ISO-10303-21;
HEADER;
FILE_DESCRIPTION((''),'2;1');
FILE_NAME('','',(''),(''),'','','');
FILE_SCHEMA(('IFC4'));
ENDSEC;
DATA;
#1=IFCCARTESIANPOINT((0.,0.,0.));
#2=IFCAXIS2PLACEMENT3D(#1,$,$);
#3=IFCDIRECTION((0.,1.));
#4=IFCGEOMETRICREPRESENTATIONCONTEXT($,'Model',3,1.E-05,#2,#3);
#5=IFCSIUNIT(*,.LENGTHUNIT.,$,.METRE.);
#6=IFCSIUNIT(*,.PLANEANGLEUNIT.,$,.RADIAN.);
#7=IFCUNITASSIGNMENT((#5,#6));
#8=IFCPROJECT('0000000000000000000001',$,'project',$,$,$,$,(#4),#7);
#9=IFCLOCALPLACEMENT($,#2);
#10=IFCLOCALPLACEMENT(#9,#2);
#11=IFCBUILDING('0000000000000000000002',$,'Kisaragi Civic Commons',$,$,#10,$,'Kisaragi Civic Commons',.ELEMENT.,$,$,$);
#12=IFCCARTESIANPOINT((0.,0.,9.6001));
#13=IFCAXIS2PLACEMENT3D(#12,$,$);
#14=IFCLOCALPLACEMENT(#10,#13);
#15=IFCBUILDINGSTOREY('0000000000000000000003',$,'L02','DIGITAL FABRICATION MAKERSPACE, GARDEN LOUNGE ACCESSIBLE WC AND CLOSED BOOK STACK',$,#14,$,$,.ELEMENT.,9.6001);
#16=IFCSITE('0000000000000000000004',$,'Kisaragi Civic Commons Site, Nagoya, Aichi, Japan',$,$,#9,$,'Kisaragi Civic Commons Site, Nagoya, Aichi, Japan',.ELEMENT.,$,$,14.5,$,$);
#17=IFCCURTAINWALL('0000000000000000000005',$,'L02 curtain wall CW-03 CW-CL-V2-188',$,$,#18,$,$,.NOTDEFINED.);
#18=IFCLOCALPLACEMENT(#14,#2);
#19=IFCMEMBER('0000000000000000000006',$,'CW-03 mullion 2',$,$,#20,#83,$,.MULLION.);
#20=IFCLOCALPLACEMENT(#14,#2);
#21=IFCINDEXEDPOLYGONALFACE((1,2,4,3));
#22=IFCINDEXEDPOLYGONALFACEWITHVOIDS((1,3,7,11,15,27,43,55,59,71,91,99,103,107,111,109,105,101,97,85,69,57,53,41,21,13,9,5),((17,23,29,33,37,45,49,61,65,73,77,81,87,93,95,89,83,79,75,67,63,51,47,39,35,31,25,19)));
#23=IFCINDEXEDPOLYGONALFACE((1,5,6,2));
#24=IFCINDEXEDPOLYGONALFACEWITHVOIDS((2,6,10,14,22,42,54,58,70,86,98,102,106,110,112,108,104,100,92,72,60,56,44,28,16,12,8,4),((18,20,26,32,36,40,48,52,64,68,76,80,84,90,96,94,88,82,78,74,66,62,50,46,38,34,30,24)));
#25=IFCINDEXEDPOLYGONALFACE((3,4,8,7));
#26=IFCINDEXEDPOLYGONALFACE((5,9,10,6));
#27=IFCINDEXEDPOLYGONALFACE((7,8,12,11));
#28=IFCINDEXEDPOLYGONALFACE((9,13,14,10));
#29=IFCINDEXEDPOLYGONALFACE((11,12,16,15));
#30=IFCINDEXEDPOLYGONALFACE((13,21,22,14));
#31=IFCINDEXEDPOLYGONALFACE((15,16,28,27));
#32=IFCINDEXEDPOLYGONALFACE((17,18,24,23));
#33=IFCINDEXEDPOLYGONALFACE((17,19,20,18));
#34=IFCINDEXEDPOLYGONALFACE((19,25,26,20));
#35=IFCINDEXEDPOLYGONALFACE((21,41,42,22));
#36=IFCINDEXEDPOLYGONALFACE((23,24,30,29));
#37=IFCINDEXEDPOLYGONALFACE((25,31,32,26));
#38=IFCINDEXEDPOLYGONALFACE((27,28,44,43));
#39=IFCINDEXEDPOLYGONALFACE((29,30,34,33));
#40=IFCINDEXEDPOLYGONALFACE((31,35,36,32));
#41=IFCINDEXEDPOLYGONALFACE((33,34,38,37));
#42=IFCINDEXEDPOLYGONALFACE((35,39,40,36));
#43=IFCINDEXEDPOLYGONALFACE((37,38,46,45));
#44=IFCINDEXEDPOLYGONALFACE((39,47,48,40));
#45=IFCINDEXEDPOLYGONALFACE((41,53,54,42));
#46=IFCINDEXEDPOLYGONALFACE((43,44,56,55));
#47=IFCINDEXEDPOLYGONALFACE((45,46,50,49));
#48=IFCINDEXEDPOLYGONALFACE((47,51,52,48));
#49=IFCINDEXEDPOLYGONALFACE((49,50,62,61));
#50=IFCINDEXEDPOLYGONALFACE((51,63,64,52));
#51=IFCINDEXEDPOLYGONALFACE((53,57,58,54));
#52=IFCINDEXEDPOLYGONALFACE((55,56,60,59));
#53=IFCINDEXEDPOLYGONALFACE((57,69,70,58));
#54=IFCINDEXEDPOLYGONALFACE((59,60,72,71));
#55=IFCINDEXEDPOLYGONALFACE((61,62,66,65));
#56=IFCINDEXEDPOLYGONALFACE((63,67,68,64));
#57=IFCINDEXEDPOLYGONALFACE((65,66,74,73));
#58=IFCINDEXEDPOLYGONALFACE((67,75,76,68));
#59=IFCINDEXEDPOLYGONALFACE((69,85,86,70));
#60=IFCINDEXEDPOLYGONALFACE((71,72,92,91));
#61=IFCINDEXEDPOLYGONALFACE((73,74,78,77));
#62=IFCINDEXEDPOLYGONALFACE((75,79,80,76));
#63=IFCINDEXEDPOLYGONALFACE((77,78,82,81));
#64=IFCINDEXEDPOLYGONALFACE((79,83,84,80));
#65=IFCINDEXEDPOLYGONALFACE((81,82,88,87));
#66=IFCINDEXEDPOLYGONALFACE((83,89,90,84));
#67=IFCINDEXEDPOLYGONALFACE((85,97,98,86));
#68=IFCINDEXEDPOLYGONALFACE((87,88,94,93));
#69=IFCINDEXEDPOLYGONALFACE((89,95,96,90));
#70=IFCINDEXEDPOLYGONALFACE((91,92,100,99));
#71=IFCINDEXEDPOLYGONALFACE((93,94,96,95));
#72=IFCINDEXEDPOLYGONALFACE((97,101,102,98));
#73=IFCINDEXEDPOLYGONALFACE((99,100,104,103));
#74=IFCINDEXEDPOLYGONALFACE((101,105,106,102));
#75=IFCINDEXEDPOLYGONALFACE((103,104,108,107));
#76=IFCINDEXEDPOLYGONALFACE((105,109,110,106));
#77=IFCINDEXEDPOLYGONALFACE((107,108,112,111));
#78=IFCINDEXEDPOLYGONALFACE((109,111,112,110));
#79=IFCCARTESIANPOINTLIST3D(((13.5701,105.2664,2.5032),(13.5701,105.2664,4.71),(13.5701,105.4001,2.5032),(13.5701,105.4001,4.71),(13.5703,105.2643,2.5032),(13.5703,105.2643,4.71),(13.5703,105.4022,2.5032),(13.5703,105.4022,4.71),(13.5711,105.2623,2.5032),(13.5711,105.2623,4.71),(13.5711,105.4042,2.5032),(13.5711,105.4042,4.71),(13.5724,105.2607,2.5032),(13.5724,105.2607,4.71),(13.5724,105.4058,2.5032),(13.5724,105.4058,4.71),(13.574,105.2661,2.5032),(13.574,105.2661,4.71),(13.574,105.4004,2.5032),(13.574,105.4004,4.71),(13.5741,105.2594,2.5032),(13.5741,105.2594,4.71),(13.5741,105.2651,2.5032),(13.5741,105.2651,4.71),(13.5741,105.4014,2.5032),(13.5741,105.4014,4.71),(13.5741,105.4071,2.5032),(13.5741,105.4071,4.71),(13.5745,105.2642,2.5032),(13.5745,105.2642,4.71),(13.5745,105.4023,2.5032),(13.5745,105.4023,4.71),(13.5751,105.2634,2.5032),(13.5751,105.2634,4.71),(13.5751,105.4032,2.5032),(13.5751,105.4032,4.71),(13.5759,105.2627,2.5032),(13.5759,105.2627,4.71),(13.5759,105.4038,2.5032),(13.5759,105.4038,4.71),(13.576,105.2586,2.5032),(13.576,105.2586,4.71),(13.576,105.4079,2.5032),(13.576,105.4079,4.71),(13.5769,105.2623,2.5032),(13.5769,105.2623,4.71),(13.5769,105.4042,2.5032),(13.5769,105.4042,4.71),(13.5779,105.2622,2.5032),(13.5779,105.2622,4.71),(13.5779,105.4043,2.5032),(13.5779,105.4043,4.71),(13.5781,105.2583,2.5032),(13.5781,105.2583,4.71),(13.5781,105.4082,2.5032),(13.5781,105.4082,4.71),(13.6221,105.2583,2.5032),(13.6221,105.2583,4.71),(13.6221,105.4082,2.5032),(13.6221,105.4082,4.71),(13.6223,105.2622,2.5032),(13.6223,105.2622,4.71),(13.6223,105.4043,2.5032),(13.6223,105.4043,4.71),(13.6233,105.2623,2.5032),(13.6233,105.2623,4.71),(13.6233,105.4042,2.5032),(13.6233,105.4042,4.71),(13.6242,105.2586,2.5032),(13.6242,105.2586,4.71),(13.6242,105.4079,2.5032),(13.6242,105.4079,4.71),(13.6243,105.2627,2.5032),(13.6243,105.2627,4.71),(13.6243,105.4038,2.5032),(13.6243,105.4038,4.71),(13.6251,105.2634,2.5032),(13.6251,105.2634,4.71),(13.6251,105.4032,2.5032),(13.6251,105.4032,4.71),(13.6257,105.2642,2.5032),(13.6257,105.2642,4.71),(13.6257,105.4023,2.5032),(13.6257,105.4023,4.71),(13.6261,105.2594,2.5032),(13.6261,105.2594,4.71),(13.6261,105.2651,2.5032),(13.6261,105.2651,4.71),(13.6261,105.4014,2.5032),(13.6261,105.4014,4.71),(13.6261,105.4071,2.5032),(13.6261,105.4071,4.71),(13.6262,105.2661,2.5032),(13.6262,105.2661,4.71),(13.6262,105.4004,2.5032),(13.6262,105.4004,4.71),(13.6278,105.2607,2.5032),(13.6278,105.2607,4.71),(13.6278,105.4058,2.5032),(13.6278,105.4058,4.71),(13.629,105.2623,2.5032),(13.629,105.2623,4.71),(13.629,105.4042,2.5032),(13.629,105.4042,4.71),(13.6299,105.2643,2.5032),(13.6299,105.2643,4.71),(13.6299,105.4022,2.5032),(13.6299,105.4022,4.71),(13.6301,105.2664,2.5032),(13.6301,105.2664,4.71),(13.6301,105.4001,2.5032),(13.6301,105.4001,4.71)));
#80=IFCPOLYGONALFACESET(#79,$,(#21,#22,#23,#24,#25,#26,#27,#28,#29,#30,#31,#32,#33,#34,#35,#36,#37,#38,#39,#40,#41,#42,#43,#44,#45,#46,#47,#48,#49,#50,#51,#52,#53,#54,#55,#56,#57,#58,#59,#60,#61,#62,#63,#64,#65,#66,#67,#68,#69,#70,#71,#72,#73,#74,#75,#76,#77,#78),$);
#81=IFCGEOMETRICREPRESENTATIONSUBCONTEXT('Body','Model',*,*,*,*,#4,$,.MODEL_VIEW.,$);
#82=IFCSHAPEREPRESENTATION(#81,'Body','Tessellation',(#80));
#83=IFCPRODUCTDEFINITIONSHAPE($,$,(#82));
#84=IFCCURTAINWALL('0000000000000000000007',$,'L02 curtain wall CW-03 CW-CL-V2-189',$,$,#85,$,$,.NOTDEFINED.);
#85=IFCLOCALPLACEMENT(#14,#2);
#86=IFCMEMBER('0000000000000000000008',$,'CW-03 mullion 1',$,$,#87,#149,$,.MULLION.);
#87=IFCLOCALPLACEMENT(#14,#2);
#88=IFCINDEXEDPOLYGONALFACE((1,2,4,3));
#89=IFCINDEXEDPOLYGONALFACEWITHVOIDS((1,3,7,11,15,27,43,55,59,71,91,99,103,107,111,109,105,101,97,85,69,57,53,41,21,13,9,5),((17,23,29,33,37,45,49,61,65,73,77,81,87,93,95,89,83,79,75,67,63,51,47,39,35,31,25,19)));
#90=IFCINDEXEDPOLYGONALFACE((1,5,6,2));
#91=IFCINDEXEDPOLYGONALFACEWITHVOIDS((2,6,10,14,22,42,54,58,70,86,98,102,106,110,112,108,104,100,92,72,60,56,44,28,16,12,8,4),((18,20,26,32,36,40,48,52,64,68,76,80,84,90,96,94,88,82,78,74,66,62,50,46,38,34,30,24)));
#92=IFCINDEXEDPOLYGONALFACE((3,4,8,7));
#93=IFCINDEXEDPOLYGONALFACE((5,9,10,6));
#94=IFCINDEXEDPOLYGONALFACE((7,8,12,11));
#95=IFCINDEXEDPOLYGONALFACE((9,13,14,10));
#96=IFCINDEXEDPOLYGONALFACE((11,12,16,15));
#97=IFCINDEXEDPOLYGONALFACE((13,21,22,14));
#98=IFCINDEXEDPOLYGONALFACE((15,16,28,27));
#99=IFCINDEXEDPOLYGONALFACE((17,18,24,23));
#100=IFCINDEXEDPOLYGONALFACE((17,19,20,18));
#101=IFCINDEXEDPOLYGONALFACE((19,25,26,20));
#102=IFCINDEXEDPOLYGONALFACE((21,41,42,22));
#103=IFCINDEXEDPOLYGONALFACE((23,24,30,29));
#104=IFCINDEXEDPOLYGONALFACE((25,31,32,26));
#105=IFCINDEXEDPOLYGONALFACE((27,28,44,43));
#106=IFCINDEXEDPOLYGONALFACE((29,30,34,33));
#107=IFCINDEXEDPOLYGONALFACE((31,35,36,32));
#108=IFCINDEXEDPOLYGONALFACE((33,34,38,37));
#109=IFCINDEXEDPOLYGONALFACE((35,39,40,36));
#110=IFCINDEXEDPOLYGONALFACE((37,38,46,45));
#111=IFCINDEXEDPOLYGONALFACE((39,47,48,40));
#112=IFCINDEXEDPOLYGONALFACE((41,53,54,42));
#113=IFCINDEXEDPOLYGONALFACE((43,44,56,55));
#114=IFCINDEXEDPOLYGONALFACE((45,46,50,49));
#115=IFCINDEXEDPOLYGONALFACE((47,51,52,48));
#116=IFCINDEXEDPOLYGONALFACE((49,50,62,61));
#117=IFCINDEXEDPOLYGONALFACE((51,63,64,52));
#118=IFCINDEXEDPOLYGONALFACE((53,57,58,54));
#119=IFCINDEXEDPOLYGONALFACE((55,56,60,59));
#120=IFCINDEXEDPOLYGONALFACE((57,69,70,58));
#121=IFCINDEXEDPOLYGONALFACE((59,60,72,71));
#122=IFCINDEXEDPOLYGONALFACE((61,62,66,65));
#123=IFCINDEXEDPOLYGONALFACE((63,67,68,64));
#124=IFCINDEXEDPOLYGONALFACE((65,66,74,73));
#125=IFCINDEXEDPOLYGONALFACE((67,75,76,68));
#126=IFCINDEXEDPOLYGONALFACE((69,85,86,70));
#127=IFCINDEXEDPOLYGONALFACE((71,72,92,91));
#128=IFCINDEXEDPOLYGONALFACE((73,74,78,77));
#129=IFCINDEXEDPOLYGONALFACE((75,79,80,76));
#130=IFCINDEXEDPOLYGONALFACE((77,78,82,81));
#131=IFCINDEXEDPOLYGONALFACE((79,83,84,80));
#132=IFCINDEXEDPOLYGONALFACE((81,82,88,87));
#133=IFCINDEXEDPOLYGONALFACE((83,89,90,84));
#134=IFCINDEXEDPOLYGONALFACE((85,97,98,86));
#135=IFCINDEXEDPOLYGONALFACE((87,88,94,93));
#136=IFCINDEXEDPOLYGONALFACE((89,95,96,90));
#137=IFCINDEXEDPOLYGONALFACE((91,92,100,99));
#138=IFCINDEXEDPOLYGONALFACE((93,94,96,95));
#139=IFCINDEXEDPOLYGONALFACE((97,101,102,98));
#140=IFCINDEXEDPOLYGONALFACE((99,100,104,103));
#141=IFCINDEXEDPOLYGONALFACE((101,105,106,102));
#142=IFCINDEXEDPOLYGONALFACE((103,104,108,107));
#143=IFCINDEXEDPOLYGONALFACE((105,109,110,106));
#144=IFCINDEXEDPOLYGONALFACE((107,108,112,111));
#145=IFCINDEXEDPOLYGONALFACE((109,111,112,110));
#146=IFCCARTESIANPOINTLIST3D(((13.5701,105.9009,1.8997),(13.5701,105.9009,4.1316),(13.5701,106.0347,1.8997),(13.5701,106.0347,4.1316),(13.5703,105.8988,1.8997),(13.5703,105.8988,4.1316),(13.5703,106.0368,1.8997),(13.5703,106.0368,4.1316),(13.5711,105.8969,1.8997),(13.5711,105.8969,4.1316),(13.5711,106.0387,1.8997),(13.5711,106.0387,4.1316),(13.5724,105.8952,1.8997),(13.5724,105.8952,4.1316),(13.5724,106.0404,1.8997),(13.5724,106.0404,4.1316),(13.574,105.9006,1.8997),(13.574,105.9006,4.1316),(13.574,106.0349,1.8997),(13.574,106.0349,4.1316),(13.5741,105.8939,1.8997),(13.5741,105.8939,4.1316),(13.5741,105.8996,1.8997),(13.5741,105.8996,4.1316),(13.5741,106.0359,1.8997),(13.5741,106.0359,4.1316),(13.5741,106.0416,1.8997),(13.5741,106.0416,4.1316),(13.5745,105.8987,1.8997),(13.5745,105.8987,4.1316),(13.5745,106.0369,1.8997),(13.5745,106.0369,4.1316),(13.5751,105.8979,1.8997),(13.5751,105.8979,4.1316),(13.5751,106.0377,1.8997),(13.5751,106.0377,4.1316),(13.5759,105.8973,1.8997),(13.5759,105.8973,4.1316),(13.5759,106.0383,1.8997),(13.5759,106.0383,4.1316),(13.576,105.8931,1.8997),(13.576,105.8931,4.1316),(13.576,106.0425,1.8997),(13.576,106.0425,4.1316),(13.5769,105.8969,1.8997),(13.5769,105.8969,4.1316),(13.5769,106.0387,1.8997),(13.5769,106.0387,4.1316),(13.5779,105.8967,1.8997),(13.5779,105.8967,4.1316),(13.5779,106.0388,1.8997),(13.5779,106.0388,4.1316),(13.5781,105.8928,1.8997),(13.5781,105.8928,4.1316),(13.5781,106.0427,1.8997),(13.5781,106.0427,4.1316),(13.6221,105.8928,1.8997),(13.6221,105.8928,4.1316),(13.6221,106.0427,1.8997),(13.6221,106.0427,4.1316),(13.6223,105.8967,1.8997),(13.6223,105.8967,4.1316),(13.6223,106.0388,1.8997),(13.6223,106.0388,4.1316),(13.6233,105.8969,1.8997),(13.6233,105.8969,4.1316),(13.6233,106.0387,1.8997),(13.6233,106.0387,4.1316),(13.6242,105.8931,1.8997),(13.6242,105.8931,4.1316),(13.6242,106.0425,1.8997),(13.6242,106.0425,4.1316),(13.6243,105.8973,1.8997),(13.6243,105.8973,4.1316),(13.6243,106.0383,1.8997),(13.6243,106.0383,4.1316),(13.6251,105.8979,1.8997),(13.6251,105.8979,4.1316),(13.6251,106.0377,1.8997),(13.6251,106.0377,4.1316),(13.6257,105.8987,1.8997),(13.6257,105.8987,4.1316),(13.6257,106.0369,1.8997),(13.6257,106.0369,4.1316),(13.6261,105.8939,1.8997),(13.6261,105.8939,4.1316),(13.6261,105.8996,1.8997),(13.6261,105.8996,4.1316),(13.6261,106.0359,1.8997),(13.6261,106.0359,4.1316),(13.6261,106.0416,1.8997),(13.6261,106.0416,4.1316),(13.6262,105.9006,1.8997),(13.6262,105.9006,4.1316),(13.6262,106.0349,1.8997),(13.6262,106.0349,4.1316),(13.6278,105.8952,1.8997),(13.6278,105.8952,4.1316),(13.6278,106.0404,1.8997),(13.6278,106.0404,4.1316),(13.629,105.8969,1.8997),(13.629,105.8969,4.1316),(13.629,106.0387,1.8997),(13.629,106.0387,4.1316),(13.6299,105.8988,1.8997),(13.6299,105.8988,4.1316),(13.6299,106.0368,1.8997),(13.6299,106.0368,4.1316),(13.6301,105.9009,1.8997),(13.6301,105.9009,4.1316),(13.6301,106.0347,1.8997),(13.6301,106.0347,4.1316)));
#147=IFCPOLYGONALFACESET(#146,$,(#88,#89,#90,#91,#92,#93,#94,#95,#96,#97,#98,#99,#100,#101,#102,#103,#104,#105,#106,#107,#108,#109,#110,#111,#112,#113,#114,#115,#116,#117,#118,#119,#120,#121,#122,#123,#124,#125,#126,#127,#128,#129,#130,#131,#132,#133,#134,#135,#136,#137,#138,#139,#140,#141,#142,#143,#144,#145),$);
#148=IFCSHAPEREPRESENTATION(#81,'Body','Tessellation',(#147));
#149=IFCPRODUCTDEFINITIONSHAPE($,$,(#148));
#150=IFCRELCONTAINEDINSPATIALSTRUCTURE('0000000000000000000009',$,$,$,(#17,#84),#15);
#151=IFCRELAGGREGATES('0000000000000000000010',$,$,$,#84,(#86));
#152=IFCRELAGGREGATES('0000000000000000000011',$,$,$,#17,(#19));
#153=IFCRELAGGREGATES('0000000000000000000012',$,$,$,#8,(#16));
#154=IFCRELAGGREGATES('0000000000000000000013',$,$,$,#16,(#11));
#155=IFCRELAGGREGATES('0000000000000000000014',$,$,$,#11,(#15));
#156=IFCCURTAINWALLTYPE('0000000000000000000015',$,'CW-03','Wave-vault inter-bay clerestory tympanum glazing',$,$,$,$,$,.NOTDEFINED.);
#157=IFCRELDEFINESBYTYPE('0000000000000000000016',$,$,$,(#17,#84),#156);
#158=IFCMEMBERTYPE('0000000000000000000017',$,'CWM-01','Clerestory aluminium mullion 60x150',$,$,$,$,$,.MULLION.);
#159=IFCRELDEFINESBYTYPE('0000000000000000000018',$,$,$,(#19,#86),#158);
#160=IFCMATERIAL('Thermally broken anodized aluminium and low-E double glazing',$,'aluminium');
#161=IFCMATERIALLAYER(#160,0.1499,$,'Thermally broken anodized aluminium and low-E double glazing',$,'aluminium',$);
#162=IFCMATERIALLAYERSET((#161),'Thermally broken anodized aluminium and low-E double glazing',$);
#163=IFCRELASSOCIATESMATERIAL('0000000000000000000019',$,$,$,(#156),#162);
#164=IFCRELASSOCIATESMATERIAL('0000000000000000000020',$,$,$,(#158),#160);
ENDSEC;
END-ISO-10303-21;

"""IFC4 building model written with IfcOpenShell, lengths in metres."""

from ifc_helpers import new_model, si_unit, direction, frame, origin, origin_2d, place, context, subcontext, project, spatial, hollow_rectangle, extrude, material, layer, layer_set, material_profile, profile_set, type_object, element, aggregate, save


model = new_model("IFC4")

# Units and contexts
model_context = context("Model", 3, precision=1e-05, world=origin(), true_north=direction((0.0, 1.0)))
body_context = subcontext(model_context, "Body", "Model", "MODEL_VIEW")
ifc_project = project(units=[si_unit("LENGTHUNIT", "METRE"), si_unit("PLANEANGLEUNIT", "RADIAN")], contexts=[model_context])

# Site, building, storey
site_placement = place(None, origin())
site = spatial("IfcSite", under=ifc_project, at=site_placement, Name="Kisaragi Civic Commons Site, Nagoya, Aichi, Japan", LongName="Kisaragi Civic Commons Site, Nagoya, Aichi, Japan", CompositionType="ELEMENT", RefElevation=14.5)
building_placement = place(site_placement, origin())
building = spatial("IfcBuilding", under=site, at=building_placement, Name="Kisaragi Civic Commons", LongName="Kisaragi Civic Commons", CompositionType="ELEMENT")
storey_placement = place(building_placement, frame((0.0, 0.0, 9.6001)))
storey = spatial("IfcBuildingStorey", under=building, at=storey_placement, Name="L02", Description="DIGITAL FABRICATION MAKERSPACE, GARDEN LOUNGE ACCESSIBLE WC AND CLOSED BOOK STACK", CompositionType="ELEMENT", Elevation=9.6001)

# Shared definitions
ifc_material_1 = material(Name="Thermally broken anodized aluminium and low-E double glazing", Category="aluminium")
ifc_layer_1 = layer(ifc_material_1, 0.1499, Name="Thermally broken anodized aluminium and low-E double glazing", Category="aluminium")
ifc_layer_set_1 = layer_set([ifc_layer_1], Name="Thermally broken anodized aluminium and low-E double glazing")
curtain_wall_type = type_object("IfcCurtainWallType", Name="CW-03", Description="Wave-vault inter-bay clerestory tympanum glazing", PredefinedType="NOTDEFINED", material=ifc_layer_set_1)
ifc_material_profile_1 = material_profile(ifc_material_1, hollow_rectangle(XDim=0.0601, YDim=0.1499, WallThickness=0.0039, InnerFilletRadius=0.0039, OuterFilletRadius=0.0081, at=origin_2d()), Name="CWM-60x150x4", Category="aluminium")
ifc_profile_set_1 = profile_set([ifc_material_profile_1], Name="Thermally broken anodized aluminium and low-E double glazing")
member_type_1 = type_object("IfcMemberType", Name="CWM-01", Description="Clerestory aluminium mullion 60x150", PredefinedType="MULLION", material=ifc_profile_set_1)

# Curtain wall, member
curtain_wall_1_placement = place(storey_placement, origin())
curtain_wall_1 = element("IfcCurtainWall", 1, at=curtain_wall_1_placement, inside=storey, type_object=curtain_wall_type, Name="L02 curtain wall CW-03 CW-CL-V2-188", PredefinedType="NOTDEFINED")
member_1_placement = place(storey_placement, frame((13.6001, 105.3333, 2.5032), z_axis=(0.0, 0.0, 1.0), x_axis=(-1.0, 0.0, 0.0)))
member_1 = element("IfcMember", 2, at=member_1_placement, type_object=member_type_1, Name="CW-03 mullion 2", PredefinedType="MULLION", context=body_context, shape_type="SweptSolid", body=[
    extrude(hollow_rectangle(XDim=0.0601, YDim=0.1499, WallThickness=0.0039, InnerFilletRadius=0.0039, OuterFilletRadius=0.0081, at=origin_2d()), origin(), (0.0, 0.0, 1.0), 2.2068),
])

# Curtain wall, member
curtain_wall_2_placement = place(storey_placement, origin())
curtain_wall_2 = element("IfcCurtainWall", 3, at=curtain_wall_2_placement, inside=storey, type_object=curtain_wall_type, Name="L02 curtain wall CW-03 CW-CL-V2-189", PredefinedType="NOTDEFINED")
member_2_placement = place(storey_placement, frame((13.6001, 105.9678, 1.8997), z_axis=(0.0, 0.0, 1.0), x_axis=(-1.0, 0.0, 0.0)))
member_2 = element("IfcMember", 4, at=member_2_placement, type_object=member_type_1, Name="CW-03 mullion 1", PredefinedType="MULLION", context=body_context, shape_type="SweptSolid", body=[
    extrude(hollow_rectangle(XDim=0.0601, YDim=0.1499, WallThickness=0.0039, InnerFilletRadius=0.0039, OuterFilletRadius=0.0081, at=origin_2d()), origin(), (0.0, 0.0, 1.0), 2.2319),
])

aggregate(curtain_wall_2, [member_2])

aggregate(curtain_wall_1, [member_1])

save(model, "model.ifc")
